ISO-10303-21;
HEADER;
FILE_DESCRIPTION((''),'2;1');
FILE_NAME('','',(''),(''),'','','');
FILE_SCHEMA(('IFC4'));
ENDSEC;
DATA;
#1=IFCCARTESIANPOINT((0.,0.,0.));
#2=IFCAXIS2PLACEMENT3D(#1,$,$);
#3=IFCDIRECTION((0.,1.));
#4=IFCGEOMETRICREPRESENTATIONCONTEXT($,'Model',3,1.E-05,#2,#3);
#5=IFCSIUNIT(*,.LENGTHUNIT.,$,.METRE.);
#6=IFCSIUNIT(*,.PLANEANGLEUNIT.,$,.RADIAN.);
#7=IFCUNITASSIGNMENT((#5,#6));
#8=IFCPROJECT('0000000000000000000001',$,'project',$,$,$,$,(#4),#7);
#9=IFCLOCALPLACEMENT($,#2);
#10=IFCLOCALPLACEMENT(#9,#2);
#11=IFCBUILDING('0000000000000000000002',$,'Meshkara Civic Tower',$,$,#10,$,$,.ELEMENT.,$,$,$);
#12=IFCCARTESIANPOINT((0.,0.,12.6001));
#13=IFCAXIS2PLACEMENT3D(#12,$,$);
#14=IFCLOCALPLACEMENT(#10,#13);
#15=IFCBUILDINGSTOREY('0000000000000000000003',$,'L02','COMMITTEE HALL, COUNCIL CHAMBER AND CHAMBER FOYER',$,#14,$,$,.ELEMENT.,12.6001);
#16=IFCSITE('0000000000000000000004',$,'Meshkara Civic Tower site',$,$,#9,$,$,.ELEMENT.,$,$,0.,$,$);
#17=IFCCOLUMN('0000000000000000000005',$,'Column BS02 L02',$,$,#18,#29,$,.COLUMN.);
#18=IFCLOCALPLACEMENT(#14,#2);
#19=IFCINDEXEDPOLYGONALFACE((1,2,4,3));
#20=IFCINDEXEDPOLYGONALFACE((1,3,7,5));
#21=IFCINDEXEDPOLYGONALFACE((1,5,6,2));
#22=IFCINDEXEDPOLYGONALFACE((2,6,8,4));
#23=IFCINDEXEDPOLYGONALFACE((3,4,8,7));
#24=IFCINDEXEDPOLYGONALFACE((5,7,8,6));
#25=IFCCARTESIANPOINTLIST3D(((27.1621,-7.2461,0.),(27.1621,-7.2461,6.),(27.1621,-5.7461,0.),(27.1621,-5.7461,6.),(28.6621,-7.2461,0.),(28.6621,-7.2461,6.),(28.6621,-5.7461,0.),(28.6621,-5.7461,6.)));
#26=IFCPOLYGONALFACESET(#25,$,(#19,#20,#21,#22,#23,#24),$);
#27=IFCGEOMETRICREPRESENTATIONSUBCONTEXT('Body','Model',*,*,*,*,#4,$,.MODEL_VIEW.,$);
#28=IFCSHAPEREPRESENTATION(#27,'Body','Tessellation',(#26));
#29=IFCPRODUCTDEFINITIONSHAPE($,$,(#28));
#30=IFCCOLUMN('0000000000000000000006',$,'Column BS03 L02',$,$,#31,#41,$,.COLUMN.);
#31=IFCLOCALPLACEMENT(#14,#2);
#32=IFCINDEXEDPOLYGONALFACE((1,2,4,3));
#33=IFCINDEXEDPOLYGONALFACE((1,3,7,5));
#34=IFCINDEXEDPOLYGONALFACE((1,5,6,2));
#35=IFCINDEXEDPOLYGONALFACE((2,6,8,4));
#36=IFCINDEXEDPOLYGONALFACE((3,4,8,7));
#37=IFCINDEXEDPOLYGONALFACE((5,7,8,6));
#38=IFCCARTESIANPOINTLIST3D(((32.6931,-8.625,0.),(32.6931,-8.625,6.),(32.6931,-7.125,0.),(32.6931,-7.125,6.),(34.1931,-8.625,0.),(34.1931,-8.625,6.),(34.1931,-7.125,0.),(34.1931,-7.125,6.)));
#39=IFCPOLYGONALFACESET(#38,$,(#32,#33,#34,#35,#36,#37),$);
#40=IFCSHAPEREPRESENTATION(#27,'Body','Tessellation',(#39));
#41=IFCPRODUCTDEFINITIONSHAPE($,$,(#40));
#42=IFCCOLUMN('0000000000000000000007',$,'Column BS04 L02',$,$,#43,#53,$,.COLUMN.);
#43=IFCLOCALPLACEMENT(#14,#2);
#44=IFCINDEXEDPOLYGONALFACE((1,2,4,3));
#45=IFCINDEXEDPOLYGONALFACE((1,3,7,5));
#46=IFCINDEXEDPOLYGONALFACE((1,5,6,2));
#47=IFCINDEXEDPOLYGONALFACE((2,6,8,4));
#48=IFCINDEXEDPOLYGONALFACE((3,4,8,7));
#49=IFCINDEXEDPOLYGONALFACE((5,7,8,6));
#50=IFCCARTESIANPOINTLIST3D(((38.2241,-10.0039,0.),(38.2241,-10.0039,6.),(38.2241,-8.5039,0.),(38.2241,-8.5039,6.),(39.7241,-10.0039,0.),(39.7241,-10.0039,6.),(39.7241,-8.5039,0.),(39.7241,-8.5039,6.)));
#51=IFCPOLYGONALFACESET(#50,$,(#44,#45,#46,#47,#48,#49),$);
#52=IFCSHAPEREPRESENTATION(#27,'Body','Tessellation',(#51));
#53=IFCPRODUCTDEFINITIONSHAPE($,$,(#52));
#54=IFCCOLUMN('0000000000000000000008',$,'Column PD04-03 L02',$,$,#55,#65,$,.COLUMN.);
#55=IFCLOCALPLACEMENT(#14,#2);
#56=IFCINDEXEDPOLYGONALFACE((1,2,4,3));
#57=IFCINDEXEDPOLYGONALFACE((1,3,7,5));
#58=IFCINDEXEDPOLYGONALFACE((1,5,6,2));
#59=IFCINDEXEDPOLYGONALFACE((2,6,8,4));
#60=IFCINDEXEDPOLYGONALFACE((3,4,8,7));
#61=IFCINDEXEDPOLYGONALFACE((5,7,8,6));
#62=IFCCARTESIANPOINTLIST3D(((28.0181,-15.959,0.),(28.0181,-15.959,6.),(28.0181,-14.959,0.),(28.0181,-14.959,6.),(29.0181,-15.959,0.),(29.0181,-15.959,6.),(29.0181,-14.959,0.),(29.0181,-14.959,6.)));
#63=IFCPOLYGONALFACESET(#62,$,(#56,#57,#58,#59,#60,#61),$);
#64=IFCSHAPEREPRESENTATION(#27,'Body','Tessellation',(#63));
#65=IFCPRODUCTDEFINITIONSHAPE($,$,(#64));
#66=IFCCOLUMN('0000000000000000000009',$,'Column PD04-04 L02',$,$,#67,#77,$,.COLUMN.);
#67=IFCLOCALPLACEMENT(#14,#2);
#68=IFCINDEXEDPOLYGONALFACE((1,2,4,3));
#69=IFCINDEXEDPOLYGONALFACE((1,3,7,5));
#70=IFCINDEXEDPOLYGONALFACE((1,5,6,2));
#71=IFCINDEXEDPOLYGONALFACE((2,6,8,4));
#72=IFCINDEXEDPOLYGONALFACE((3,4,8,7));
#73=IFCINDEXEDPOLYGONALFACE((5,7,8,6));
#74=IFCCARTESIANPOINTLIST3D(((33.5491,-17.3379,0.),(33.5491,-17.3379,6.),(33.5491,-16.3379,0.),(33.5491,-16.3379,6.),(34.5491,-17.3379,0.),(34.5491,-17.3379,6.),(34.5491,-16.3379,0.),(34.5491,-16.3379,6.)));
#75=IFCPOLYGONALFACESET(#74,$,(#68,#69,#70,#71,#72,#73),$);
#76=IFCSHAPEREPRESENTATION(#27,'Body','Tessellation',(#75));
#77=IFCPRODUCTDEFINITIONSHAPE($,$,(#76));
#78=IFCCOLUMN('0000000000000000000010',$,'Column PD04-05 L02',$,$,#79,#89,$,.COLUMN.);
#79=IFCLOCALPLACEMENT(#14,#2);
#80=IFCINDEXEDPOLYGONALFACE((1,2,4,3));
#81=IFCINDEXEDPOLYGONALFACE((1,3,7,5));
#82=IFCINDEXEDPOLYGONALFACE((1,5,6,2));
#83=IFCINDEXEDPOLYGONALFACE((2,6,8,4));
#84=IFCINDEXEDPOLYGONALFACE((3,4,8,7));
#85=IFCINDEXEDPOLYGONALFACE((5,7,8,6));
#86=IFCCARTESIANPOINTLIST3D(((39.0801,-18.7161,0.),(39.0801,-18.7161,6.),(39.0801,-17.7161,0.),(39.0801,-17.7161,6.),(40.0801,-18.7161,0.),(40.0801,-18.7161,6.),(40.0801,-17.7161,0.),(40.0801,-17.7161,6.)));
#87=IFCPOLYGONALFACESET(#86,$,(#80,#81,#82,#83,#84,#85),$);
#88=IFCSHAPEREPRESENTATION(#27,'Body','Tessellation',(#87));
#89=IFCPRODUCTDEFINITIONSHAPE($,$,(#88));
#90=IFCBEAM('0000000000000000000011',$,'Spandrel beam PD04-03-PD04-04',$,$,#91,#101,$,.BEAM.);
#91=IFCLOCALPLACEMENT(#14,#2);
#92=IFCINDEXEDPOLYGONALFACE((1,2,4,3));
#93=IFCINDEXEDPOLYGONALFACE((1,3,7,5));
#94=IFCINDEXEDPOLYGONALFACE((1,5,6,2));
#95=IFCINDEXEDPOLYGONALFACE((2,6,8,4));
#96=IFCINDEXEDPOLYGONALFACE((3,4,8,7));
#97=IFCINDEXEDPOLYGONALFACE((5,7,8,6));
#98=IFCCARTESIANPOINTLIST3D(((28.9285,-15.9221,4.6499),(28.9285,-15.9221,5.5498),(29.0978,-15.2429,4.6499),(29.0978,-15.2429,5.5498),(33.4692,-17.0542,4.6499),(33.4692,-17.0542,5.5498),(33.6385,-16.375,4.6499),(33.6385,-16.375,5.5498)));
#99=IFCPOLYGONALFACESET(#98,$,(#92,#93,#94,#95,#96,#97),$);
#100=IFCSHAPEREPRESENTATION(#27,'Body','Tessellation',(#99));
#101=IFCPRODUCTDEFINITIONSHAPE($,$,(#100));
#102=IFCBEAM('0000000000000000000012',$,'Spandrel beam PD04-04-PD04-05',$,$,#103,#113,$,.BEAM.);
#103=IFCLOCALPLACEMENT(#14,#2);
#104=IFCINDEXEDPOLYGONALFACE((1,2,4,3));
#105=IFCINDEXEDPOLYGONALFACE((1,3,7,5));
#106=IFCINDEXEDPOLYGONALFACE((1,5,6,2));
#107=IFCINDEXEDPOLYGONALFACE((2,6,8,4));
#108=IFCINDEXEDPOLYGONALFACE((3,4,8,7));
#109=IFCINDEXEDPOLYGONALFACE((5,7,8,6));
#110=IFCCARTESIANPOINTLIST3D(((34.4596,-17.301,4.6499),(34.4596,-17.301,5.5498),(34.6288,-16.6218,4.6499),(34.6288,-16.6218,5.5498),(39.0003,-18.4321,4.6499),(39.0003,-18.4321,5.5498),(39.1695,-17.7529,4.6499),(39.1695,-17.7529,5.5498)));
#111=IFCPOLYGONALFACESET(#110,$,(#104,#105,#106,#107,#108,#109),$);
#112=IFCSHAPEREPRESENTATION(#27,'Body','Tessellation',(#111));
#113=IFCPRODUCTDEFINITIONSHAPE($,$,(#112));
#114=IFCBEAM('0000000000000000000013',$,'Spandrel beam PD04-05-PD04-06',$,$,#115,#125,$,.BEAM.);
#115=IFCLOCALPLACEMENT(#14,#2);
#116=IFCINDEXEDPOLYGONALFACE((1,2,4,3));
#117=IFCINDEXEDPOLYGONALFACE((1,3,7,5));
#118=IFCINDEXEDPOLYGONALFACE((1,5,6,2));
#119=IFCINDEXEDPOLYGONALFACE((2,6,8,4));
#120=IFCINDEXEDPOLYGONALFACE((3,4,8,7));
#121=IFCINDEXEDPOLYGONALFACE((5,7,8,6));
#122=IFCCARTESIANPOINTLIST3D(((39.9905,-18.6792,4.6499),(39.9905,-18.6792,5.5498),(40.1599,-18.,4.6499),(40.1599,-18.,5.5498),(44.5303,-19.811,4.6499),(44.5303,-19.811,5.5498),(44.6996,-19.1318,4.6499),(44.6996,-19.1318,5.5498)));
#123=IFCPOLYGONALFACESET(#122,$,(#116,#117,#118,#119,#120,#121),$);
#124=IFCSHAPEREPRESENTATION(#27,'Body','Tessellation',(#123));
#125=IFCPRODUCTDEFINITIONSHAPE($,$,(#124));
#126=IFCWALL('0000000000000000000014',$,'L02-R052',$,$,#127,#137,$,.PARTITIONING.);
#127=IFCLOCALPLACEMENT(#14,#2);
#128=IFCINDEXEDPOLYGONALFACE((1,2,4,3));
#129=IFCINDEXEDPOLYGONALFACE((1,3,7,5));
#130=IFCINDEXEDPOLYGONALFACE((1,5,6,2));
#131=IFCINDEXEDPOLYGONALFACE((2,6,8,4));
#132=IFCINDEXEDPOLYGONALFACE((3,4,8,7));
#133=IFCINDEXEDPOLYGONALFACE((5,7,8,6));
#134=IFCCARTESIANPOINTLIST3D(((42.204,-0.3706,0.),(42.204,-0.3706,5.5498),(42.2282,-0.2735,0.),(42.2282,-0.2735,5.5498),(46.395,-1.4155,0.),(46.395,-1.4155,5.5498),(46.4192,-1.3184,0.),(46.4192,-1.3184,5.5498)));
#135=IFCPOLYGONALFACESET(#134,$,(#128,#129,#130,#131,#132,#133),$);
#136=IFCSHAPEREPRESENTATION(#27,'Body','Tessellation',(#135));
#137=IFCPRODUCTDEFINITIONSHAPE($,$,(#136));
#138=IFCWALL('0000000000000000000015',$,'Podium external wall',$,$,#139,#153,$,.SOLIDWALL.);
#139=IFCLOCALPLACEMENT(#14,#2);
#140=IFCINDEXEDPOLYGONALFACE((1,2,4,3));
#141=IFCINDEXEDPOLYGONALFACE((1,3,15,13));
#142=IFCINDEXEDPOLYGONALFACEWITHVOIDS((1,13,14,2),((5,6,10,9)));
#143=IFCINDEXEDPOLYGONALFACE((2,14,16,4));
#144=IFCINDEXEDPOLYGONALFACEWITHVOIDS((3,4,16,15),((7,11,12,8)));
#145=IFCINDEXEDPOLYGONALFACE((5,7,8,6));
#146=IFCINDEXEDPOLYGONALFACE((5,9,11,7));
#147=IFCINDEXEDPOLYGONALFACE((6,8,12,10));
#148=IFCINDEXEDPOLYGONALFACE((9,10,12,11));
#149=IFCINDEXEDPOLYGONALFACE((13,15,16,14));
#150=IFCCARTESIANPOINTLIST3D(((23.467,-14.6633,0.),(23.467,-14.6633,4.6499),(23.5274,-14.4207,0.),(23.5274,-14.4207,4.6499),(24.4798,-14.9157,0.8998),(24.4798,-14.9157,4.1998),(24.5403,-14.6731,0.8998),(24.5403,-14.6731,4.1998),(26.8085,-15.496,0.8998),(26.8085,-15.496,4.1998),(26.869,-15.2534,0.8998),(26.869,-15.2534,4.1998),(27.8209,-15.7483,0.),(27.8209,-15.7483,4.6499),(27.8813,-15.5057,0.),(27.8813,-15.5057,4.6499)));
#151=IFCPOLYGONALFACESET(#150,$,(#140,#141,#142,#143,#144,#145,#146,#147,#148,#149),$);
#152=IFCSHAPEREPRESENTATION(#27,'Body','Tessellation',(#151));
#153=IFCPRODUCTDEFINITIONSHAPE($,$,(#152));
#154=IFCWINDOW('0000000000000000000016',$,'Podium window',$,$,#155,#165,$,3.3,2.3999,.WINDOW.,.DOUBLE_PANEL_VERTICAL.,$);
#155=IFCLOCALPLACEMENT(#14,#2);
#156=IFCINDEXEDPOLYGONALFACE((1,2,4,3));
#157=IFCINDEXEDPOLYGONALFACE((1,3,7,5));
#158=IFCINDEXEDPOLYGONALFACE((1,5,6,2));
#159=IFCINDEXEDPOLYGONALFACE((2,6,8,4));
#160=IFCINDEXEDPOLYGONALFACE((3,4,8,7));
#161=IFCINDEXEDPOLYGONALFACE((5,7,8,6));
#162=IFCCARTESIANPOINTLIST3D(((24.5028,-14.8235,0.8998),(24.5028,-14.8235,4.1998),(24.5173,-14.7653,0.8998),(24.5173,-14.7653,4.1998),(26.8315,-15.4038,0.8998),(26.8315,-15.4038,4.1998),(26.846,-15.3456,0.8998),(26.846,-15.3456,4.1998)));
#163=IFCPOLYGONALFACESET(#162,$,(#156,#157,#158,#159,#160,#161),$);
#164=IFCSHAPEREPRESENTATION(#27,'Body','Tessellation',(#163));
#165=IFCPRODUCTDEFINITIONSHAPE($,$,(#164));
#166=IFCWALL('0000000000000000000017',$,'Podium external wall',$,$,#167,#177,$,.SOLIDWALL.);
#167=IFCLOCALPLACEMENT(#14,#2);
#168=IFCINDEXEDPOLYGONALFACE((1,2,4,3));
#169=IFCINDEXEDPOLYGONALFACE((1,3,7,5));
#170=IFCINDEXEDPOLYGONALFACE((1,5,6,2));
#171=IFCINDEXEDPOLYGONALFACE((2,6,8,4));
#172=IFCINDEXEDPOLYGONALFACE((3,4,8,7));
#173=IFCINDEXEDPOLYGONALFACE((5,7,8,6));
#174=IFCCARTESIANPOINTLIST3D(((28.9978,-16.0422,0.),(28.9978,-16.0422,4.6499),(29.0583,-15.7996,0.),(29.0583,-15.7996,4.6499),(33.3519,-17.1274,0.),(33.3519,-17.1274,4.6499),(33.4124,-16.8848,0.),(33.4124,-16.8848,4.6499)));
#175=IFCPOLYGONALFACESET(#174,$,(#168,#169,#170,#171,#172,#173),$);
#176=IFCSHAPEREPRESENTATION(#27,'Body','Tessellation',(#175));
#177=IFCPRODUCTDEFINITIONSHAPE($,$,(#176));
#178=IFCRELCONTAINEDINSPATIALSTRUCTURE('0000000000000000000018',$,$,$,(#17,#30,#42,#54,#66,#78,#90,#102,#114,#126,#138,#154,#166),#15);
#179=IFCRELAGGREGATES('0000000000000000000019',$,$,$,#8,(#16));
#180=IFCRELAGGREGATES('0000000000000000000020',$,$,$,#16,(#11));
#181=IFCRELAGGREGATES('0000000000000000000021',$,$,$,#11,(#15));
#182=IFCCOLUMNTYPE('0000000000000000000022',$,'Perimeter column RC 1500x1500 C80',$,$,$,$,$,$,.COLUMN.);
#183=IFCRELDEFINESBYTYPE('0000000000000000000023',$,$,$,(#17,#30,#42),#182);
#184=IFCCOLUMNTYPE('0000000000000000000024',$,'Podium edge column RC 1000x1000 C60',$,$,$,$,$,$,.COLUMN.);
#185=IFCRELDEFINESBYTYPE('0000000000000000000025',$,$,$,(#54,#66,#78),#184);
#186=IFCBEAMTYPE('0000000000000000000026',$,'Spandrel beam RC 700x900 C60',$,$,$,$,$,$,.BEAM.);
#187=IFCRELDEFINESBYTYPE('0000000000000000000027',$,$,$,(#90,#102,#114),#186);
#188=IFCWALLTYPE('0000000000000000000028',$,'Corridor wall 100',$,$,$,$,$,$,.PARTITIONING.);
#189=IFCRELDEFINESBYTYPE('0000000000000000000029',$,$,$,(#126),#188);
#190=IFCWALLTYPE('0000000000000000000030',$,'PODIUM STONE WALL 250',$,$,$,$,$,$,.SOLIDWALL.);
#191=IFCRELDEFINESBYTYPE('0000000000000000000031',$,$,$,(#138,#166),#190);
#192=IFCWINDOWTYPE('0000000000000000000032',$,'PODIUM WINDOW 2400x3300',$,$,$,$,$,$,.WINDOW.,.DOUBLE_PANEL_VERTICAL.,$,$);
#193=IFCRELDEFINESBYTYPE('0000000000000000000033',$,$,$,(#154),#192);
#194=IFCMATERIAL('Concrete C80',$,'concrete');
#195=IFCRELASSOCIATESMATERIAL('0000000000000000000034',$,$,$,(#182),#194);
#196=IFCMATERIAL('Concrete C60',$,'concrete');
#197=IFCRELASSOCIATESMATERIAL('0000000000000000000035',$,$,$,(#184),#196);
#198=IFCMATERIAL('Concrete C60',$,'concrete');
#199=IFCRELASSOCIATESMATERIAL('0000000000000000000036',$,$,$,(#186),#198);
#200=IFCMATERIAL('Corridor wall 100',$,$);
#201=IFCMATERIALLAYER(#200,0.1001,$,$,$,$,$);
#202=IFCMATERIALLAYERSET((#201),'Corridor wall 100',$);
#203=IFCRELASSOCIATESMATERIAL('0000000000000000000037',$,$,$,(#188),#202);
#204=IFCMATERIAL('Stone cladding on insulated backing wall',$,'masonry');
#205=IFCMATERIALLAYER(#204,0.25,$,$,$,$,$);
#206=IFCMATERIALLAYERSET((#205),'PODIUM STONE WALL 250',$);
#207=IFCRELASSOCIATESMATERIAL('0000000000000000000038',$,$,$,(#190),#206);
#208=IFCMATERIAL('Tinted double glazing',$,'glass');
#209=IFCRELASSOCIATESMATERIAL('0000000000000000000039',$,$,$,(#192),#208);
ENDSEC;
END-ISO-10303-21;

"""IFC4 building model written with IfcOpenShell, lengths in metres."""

from ifc_helpers import new_model, si_unit, direction, frame, frame_2d, origin, origin_2d, place, context, subcontext, project, spatial, rectangle, extrude, material, layer, layer_set, material_profile, profile_set, type_object, element, fill, save


model = new_model("IFC4")

# Units and contexts
model_context = context("Model", 3, precision=1e-05, world=origin(), true_north=direction((0.0, 1.0)))
body_context = subcontext(model_context, "Body", "Model", "MODEL_VIEW")
ifc_project = project(units=[si_unit("LENGTHUNIT", "METRE"), si_unit("PLANEANGLEUNIT", "RADIAN")], contexts=[model_context])

# Site, building, storey
site_placement = place(None, origin())
site = spatial("IfcSite", under=ifc_project, at=site_placement, Name="Meshkara Civic Tower site", CompositionType="ELEMENT", RefElevation=0.0)
building_placement = place(site_placement, origin())
building = spatial("IfcBuilding", under=site, at=building_placement, Name="Meshkara Civic Tower", CompositionType="ELEMENT")
storey_placement = place(building_placement, frame((0.0, 0.0, 12.6001)))
storey = spatial("IfcBuildingStorey", under=building, at=storey_placement, Name="L02", Description="COMMITTEE HALL, COUNCIL CHAMBER AND CHAMBER FOYER", CompositionType="ELEMENT", Elevation=12.6001)

# Columns
ifc_material_1 = material(Name="Concrete C80", Category="concrete")
ifc_material_profile_1 = material_profile(ifc_material_1, rectangle(XDim=1.5, YDim=1.5, at=origin_2d()))
ifc_profile_set_1 = profile_set([ifc_material_profile_1], Name="Concrete C80")
column_type_1 = type_object("IfcColumnType", Name="Perimeter column RC 1500x1500 C80", PredefinedType="COLUMN", material=ifc_profile_set_1)
for number, where, z_axis, x_axis, name in (
    (1, (27.9121, -6.4961, 0.0), (0.0, 0.0, 1.0), (1.0, 0.0, 0.0), "Column BS02 L02"),
    (2, (33.4431, -7.875, 0.0), (0.0, 0.0, 1.0), (1.0, 0.0, 0.0), "Column BS03 L02"),
    (3, (38.9741, -9.2539, 0.0), (0.0, 0.0, 1.0), (1.0, 0.0, 0.0), "Column BS04 L02"),
):
    element("IfcColumn", number, at=place(storey_placement, frame(where, z_axis=z_axis, x_axis=x_axis)), inside=storey, type_object=column_type_1, Name=name, PredefinedType="COLUMN", context=body_context, shape_type="SweptSolid", body=[
        extrude(rectangle(XDim=1.5, YDim=1.5, at=origin_2d()), origin(), (0.0, 0.0, 1.0), 6.0),
    ])
ifc_material_2 = material(Name="Concrete C60", Category="concrete")
ifc_material_profile_2 = material_profile(ifc_material_2, rectangle(XDim=1.0, YDim=1.0, at=origin_2d()))
ifc_profile_set_2 = profile_set([ifc_material_profile_2], Name="Concrete C60")
column_type_2 = type_object("IfcColumnType", Name="Podium edge column RC 1000x1000 C60", PredefinedType="COLUMN", material=ifc_profile_set_2)
for number, where, z_axis, x_axis, name in (
    (4, (28.5181, -15.459, 0.0), (0.0, 0.0, 1.0), (1.0, 0.0, 0.0), "Column PD04-03 L02"),
    (5, (34.0491, -16.8379, 0.0), (0.0, 0.0, 1.0), (1.0, 0.0, 0.0), "Column PD04-04 L02"),
    (6, (39.5801, -18.2161, 0.0), (0.0, 0.0, 1.0), (1.0, 0.0, 0.0), "Column PD04-05 L02"),
):
    element("IfcColumn", number, at=place(storey_placement, frame(where, z_axis=z_axis, x_axis=x_axis)), inside=storey, type_object=column_type_2, Name=name, PredefinedType="COLUMN", context=body_context, shape_type="SweptSolid", body=[
        extrude(rectangle(XDim=1.0, YDim=1.0, at=origin_2d()), origin(), (0.0, 0.0, 1.0), 6.0),
    ])

# Beams
ifc_material_3 = material(Name="Concrete C60", Category="concrete")
ifc_material_profile_3 = material_profile(ifc_material_3, rectangle(XDim=0.7, YDim=0.8999, at=origin_2d()))
ifc_profile_set_3 = profile_set([ifc_material_profile_3], Name="Concrete C60")
beam_type = type_object("IfcBeamType", Name="Spandrel beam RC 700x900 C60", PredefinedType="BEAM", material=ifc_profile_set_3)
beam_1_placement = place(storey_placement, frame((29.0132, -15.5825, 5.0999), z_axis=(0.970299, -0.24191, 0.0), x_axis=(0.24191, 0.970299, 0.0)))
element("IfcBeam", 7, at=beam_1_placement, inside=storey, type_object=beam_type, Name="Spandrel beam PD04-03-PD04-04", PredefinedType="BEAM", context=body_context, shape_type="SweptSolid", body=[
    extrude(rectangle(XDim=0.7, YDim=0.8999, at=origin_2d()), origin(), (0.0, 0.0, 1.0), 4.6797),
])
beam_2_placement = place(storey_placement, frame((34.5442, -16.9614, 5.0999), z_axis=(0.970348, -0.241713, 0.0), x_axis=(0.241713, 0.970348, 0.0)))
element("IfcBeam", 8, at=beam_2_placement, inside=storey, type_object=beam_type, Name="Spandrel beam PD04-04-PD04-05", PredefinedType="BEAM", context=body_context, shape_type="SweptSolid", body=[
    extrude(rectangle(XDim=0.7, YDim=0.8999, at=origin_2d()), origin(), (0.0, 0.0, 1.0), 4.6794),
])
beam_3_placement = place(storey_placement, frame((40.0752, -18.3396, 5.0999), z_axis=(0.970299, -0.241909, 0.0), x_axis=(0.241909, 0.970299, 0.0)))
element("IfcBeam", 9, at=beam_3_placement, inside=storey, type_object=beam_type, Name="Spandrel beam PD04-05-PD04-06", PredefinedType="BEAM", context=body_context, shape_type="SweptSolid", body=[
    extrude(rectangle(XDim=0.7, YDim=0.8999, at=origin_2d()), origin(), (0.0, 0.0, 1.0), 4.6787),
])

# Wall
ifc_material_4 = material(Name="Corridor wall 100")
ifc_layer_1 = layer(ifc_material_4, 0.1001)
ifc_layer_set_1 = layer_set([ifc_layer_1], Name="Corridor wall 100")
wall_type_1 = type_object("IfcWallType", Name="Corridor wall 100", PredefinedType="PARTITIONING", material=ifc_layer_set_1)
wall_1_placement = place(storey_placement, frame((42.2161, -0.322, 0.0), z_axis=(0.0, 0.0, 1.0), x_axis=(0.970295, -0.241924, 0.0)))
element("IfcWall", 10, at=wall_1_placement, inside=storey, type_object=wall_type_1, Name="L02-R052", PredefinedType="PARTITIONING", context=body_context, shape_type="SweptSolid", body=[
    extrude(rectangle(XDim=4.3193, YDim=0.1001, at=frame_2d((2.1597, 0.0))), origin(), (0.0, 0.0, 1.0), 5.5498),
])

# Wall, opening, window
ifc_material_5 = material(Name="Stone cladding on insulated backing wall", Category="masonry")
ifc_layer_2 = layer(ifc_material_5, 0.25)
ifc_layer_set_2 = layer_set([ifc_layer_2], Name="PODIUM STONE WALL 250")
wall_type_2 = type_object("IfcWallType", Name="PODIUM STONE WALL 250", PredefinedType="SOLIDWALL", material=ifc_layer_set_2)
wall_2_placement = place(storey_placement, frame((23.4971, -14.542, 0.0), z_axis=(0.0, 0.0, 1.0), x_axis=(0.970328, -0.241793, 0.0)))
wall_2 = element("IfcWall", 11, at=wall_2_placement, inside=storey, type_object=wall_type_2, Name="Podium external wall", PredefinedType="SOLIDWALL", context=body_context, shape_type="SweptSolid", body=[
    extrude(rectangle(XDim=4.4871, YDim=0.25, at=frame_2d((2.2437, 0.0))), origin(), (0.0, 0.0, 1.0), 4.6499),
])
opening_1_placement = place(wall_2_placement, frame((1.0439, 0.0, 0.8999)))
opening_1 = element("IfcOpeningElement", 12, at=opening_1_placement, cuts=wall_2, PredefinedType="OPENING", context=body_context, shape_type="SweptSolid", body=[
    extrude(rectangle(XDim=2.3999, YDim=3.3, at=frame_2d((1.2, 1.6499))), frame((0.0, 0.135, 0.0), z_axis=(0.0, -1.0, 0.0), x_axis=(1.0, 0.0, 0.0)), (0.0, 0.0, 1.0), 0.27),
])
ifc_material_6 = material(Name="Tinted double glazing", Category="glass")
window_type = type_object("IfcWindowType", Name="PODIUM WINDOW 2400x3300", PartitioningType="DOUBLE_PANEL_VERTICAL", PredefinedType="WINDOW", material=ifc_material_6)
window_1_placement = place(opening_1_placement, origin())
window_1 = element("IfcWindow", 13, at=window_1_placement, inside=storey, type_object=window_type, Name="Podium window", OverallHeight=3.3, OverallWidth=2.3999, PartitioningType="DOUBLE_PANEL_VERTICAL", PredefinedType="WINDOW", context=body_context, shape_type="SweptSolid", body=[
    extrude(rectangle(XDim=2.3999, YDim=3.3, at=frame_2d((1.2, 1.6499))), frame((0.0, 0.03, 0.0), z_axis=(0.0, -1.0, 0.0), x_axis=(1.0, 0.0, 0.0)), (0.0, 0.0, 1.0), 0.0601),
])
fill(opening_1, window_1)

# Wall
wall_3_placement = place(storey_placement, frame((29.0281, -15.9209, 0.0), z_axis=(0.0, 0.0, 1.0), x_axis=(0.970315, -0.241844, 0.0)))
element("IfcWall", 14, at=wall_3_placement, inside=storey, type_object=wall_type_2, Name="Podium external wall", PredefinedType="SOLIDWALL", context=body_context, shape_type="SweptSolid", body=[
    extrude(rectangle(XDim=4.4873, YDim=0.25, at=frame_2d((2.2437, 0.0))), origin(), (0.0, 0.0, 1.0), 4.6499),
])

save(model, "model.ifc")
